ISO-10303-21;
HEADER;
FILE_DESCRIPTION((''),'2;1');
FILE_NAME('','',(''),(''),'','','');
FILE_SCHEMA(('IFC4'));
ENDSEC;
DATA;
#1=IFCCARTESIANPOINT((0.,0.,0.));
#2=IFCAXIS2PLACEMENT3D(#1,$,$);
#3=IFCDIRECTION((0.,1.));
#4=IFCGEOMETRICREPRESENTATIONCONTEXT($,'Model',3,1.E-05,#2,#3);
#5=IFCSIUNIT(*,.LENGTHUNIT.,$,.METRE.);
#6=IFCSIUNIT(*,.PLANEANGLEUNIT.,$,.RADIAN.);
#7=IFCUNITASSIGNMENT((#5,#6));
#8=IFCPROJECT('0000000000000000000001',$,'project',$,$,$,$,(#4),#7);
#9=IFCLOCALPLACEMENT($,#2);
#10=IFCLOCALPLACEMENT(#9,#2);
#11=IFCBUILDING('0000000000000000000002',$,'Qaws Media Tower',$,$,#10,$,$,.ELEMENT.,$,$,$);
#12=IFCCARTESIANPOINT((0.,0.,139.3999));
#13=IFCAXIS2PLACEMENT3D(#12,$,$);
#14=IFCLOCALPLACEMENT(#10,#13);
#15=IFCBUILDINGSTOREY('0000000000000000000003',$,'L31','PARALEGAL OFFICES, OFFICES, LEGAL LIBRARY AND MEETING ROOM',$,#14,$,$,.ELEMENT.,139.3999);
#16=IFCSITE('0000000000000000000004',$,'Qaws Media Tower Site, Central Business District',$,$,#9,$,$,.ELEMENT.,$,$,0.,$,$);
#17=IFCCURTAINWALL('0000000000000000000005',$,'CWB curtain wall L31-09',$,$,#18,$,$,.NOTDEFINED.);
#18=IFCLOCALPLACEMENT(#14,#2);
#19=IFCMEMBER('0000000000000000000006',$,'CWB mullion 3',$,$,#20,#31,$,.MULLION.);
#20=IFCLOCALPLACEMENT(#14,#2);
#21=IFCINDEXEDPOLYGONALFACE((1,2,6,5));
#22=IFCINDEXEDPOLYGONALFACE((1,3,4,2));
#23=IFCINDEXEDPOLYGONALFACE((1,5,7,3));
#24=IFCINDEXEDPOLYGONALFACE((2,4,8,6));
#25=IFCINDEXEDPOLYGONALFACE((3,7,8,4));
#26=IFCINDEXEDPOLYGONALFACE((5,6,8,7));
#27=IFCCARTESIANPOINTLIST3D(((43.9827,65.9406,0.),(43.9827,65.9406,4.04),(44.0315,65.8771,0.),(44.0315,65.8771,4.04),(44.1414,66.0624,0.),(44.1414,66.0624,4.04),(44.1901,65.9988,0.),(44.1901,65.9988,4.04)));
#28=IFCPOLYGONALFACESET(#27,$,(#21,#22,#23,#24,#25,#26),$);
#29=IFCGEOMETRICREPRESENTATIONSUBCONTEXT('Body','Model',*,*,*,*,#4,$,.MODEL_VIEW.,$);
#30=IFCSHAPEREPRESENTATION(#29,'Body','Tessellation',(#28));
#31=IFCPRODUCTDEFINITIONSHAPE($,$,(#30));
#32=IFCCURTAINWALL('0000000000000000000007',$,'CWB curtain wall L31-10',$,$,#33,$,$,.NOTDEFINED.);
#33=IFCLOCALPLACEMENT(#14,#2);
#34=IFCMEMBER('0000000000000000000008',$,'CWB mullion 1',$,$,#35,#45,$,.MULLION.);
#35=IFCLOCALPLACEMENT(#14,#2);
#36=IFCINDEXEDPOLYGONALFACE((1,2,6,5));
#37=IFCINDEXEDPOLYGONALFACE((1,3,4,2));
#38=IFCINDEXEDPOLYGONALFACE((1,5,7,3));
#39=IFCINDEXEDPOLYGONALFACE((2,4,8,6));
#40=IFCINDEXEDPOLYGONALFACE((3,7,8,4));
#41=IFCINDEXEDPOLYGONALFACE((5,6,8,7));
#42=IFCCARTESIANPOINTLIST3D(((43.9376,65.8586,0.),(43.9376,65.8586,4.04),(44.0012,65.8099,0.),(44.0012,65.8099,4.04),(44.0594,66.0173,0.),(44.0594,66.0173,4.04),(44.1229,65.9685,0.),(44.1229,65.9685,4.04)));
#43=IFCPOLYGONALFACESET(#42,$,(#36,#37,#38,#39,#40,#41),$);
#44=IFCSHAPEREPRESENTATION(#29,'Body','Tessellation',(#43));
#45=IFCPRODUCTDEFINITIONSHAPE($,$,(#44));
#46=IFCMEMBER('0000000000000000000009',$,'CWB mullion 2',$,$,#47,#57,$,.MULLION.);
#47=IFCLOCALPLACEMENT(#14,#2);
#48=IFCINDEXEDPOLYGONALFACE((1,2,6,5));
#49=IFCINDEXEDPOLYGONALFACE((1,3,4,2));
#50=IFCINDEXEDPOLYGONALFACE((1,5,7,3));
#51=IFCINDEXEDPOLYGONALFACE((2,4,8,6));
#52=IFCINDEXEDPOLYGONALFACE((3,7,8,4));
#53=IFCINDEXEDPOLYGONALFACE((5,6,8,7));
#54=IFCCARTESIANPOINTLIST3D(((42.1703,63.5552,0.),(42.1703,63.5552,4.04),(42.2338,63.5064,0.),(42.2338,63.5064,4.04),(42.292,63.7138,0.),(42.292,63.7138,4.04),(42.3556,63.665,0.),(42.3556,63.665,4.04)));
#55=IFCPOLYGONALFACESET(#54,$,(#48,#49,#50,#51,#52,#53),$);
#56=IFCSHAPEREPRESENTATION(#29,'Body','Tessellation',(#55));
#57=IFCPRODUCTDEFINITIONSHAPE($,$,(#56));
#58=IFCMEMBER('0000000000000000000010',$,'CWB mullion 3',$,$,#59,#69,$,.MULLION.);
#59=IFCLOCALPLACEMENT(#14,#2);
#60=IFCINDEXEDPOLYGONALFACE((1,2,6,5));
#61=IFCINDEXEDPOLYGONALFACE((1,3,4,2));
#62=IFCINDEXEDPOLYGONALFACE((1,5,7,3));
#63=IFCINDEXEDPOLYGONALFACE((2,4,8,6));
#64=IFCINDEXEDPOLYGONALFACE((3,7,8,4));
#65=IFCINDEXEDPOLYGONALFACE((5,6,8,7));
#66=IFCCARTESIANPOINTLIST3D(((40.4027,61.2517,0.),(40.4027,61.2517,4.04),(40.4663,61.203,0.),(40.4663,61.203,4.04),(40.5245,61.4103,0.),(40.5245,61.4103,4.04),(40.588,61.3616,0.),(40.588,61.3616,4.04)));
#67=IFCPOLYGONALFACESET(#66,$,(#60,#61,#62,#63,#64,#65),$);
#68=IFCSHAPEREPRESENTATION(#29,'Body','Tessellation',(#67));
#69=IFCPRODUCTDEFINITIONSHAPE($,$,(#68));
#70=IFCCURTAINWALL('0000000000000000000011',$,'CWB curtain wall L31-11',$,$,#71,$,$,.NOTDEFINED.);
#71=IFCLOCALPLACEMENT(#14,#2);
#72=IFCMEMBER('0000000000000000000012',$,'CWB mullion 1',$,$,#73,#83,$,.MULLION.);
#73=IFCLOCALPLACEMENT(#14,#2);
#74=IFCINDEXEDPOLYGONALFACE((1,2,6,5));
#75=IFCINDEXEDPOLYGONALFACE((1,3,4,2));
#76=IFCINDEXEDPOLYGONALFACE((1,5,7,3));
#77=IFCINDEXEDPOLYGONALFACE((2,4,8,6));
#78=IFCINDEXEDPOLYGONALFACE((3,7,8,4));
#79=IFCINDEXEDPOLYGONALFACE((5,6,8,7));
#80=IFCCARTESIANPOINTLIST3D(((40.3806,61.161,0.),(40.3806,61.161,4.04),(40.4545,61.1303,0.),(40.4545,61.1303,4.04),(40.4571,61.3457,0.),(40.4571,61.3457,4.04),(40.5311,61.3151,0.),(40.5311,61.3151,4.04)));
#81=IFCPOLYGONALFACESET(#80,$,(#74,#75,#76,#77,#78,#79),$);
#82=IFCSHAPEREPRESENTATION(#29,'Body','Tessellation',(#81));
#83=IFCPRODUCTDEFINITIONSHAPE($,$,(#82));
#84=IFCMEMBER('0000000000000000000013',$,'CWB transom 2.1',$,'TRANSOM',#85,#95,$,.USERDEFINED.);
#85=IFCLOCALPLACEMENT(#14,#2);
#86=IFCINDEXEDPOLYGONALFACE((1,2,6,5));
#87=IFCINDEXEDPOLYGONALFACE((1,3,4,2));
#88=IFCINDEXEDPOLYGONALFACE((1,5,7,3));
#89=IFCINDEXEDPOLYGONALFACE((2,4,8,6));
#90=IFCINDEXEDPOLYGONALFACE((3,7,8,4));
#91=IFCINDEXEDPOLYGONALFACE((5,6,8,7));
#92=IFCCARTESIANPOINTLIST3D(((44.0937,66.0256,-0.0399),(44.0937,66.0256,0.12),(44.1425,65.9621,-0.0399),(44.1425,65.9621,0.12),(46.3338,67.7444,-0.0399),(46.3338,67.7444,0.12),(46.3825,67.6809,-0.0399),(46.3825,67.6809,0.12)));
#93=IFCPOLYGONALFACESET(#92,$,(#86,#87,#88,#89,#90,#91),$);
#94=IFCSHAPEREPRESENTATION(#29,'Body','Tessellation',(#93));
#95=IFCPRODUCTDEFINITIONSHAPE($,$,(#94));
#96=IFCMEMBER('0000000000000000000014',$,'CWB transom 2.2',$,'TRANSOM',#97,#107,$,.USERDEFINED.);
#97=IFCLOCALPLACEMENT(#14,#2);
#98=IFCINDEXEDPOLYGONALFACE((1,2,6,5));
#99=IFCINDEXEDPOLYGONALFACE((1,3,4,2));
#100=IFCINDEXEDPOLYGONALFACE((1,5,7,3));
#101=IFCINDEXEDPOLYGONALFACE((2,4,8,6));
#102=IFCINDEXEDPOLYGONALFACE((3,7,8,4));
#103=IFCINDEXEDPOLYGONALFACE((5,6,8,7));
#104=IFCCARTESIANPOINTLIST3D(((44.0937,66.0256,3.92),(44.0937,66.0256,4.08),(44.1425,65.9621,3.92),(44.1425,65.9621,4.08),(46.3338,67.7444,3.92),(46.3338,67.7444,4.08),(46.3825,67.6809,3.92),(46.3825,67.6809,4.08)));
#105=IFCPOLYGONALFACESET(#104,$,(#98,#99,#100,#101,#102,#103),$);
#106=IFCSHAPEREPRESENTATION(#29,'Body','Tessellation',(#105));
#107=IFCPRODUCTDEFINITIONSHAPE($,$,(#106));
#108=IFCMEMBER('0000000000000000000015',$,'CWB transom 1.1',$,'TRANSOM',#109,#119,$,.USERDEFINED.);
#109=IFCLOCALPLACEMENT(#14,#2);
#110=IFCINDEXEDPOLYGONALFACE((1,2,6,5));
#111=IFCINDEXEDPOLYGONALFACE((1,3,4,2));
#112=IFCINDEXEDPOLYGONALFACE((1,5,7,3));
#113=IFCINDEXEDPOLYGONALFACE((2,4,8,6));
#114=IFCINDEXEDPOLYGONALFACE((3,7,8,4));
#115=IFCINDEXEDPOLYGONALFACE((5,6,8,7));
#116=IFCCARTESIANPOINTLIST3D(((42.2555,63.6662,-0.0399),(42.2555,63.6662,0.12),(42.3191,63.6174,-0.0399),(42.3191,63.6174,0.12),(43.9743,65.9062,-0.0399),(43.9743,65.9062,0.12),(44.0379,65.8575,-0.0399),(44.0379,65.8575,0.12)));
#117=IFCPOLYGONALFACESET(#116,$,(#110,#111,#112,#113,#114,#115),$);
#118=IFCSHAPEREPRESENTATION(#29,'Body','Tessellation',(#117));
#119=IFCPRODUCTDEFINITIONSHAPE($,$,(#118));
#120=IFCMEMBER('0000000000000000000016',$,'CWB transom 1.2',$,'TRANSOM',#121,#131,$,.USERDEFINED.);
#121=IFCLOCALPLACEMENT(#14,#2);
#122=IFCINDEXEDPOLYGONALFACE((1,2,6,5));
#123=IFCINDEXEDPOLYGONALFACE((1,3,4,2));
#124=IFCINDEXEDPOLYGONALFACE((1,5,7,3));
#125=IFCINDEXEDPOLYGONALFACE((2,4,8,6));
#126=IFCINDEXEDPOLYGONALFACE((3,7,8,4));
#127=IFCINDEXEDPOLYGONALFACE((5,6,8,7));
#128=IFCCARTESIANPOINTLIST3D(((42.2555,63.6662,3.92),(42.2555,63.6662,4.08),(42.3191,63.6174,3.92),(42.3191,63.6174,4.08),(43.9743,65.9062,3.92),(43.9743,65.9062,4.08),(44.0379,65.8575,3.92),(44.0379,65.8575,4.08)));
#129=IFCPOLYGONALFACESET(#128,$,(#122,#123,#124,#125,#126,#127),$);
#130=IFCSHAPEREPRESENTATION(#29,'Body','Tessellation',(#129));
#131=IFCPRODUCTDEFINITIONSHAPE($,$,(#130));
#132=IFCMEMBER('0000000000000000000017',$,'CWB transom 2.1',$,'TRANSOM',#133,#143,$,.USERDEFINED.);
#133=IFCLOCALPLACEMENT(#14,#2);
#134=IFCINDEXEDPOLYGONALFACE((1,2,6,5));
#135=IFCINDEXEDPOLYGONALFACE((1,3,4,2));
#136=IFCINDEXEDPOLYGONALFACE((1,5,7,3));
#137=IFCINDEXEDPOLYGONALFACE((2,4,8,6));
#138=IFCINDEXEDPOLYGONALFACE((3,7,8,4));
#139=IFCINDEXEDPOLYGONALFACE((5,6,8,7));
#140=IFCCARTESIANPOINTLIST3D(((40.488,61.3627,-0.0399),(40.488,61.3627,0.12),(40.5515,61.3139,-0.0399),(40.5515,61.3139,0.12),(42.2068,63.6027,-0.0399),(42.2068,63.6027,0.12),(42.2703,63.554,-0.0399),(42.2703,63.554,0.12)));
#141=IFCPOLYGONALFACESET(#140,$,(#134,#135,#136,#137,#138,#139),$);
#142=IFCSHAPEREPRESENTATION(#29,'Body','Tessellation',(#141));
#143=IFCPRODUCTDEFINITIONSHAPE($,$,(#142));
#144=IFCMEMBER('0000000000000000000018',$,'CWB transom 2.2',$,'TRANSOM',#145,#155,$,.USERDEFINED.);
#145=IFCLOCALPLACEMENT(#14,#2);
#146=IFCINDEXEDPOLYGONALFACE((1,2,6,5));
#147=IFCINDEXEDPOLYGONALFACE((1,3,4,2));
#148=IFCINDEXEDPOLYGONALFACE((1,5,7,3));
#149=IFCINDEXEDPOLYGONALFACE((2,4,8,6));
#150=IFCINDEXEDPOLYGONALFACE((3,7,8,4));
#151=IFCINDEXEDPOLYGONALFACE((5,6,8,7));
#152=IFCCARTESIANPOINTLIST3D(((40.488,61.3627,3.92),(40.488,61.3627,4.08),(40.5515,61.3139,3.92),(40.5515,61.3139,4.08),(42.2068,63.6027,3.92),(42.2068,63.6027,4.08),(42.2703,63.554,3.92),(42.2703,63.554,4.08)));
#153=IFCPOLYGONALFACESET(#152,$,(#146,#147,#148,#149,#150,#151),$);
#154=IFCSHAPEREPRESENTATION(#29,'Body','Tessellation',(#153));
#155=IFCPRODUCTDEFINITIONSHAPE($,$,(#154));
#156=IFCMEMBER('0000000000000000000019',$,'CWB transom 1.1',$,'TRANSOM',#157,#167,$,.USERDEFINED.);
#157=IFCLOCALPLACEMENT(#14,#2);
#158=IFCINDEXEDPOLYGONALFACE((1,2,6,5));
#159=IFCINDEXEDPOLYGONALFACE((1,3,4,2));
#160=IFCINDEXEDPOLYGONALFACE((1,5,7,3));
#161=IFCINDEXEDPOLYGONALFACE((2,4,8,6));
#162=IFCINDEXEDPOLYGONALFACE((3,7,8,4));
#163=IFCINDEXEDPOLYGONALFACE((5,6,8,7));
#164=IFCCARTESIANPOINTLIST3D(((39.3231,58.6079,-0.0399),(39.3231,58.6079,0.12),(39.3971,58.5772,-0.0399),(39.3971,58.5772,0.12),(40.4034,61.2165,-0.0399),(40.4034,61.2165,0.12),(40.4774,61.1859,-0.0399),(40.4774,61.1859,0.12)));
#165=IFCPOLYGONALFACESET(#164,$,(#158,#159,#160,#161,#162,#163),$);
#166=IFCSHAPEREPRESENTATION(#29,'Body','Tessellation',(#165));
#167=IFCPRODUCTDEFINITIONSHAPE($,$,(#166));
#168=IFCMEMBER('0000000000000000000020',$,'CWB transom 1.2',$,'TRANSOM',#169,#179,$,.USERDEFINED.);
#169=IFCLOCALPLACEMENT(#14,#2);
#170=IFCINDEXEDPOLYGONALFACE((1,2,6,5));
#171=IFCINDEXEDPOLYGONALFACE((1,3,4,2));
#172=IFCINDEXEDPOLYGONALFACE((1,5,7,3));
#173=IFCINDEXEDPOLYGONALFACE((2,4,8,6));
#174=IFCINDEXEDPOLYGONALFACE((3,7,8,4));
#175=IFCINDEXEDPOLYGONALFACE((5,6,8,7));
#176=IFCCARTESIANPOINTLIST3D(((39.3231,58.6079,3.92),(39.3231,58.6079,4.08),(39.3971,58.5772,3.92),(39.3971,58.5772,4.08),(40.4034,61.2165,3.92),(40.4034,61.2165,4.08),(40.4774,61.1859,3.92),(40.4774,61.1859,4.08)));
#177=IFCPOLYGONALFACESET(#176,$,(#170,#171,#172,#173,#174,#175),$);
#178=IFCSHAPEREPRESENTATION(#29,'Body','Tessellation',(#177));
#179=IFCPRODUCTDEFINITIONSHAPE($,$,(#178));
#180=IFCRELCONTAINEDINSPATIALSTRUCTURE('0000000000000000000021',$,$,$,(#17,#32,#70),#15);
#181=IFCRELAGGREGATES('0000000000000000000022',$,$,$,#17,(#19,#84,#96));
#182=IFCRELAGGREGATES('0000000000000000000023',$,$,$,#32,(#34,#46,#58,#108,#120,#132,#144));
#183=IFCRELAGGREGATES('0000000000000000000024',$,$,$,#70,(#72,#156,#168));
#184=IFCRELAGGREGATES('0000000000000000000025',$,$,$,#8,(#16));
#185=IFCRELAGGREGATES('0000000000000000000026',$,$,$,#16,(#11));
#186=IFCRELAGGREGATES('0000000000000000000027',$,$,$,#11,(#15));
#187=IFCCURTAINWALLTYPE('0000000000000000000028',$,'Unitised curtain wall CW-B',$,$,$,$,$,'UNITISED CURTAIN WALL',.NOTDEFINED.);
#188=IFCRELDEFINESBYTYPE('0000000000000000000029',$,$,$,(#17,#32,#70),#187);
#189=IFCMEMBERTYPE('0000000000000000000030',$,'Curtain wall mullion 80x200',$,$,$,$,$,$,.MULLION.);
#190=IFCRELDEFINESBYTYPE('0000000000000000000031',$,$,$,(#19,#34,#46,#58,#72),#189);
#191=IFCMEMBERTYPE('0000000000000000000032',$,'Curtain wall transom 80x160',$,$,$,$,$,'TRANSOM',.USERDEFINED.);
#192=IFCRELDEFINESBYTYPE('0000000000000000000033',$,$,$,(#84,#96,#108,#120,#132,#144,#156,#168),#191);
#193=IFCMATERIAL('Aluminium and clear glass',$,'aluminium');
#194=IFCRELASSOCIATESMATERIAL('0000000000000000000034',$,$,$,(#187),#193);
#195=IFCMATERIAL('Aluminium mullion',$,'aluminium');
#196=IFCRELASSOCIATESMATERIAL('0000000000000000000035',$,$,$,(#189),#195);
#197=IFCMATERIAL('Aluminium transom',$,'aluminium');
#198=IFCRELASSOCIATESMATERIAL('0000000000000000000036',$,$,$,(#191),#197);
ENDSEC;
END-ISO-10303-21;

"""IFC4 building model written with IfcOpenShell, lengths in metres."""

from ifc_helpers import new_model, si_unit, direction, frame, origin, origin_2d, place, context, subcontext, project, spatial, rectangle, extrude, material, material_profile, profile_set, type_object, element, aggregate, save


model = new_model("IFC4")

# Units and contexts
model_context = context("Model", 3, precision=1e-05, world=origin(), true_north=direction((0.0, 1.0)))
body_context = subcontext(model_context, "Body", "Model", "MODEL_VIEW")
ifc_project = project(units=[si_unit("LENGTHUNIT", "METRE"), si_unit("PLANEANGLEUNIT", "RADIAN")], contexts=[model_context])

# Site, building, storey
site_placement = place(None, origin())
site = spatial("IfcSite", under=ifc_project, at=site_placement, Name="Qaws Media Tower Site, Central Business District", CompositionType="ELEMENT", RefElevation=0.0)
building_placement = place(site_placement, origin())
building = spatial("IfcBuilding", under=site, at=building_placement, Name="Qaws Media Tower", CompositionType="ELEMENT")
storey_placement = place(building_placement, frame((0.0, 0.0, 139.3999)))
storey = spatial("IfcBuildingStorey", under=building, at=storey_placement, Name="L31", Description="PARALEGAL OFFICES, OFFICES, LEGAL LIBRARY AND MEETING ROOM", CompositionType="ELEMENT", Elevation=139.3999)

# Curtain wall, member
ifc_material_1 = material(Name="Aluminium and clear glass", Category="aluminium")
curtain_wall_type = type_object("IfcCurtainWallType", Name="Unitised curtain wall CW-B", ElementType="UNITISED CURTAIN WALL", PredefinedType="NOTDEFINED", material=ifc_material_1)
curtain_wall_1_placement = place(storey_placement, origin())
curtain_wall_1 = element("IfcCurtainWall", 1, at=curtain_wall_1_placement, inside=storey, type_object=curtain_wall_type, Name="CWB curtain wall L31-09", PredefinedType="NOTDEFINED")
ifc_material_2 = material(Name="Aluminium mullion", Category="aluminium")
ifc_material_profile_1 = material_profile(ifc_material_2, rectangle(XDim=0.0801, YDim=0.2, at=origin_2d()), Name="80x200")
ifc_profile_set_1 = profile_set([ifc_material_profile_1], Name="Aluminium mullion")
member_type_1 = type_object("IfcMemberType", Name="Curtain wall mullion 80x200", PredefinedType="MULLION", material=ifc_profile_set_1)
member_1_placement = place(storey_placement, frame((44.0864, 65.9697, 0.0), z_axis=(0.0, 0.0, 1.0), x_axis=(0.608761, -0.793353, 0.0)))
member_1 = element("IfcMember", 2, at=member_1_placement, type_object=member_type_1, Name="CWB mullion 3", PredefinedType="MULLION", context=body_context, shape_type="SweptSolid", body=[
    extrude(rectangle(XDim=0.0801, YDim=0.2, at=origin_2d()), origin(), (0.0, 0.0, 1.0), 4.04),
])

# Curtain wall, members
curtain_wall_2_placement = place(storey_placement, origin())
curtain_wall_2 = element("IfcCurtainWall", 3, at=curtain_wall_2_placement, inside=storey, type_object=curtain_wall_type, Name="CWB curtain wall L31-10", PredefinedType="NOTDEFINED")
member_2_placement = place(storey_placement, frame((44.0303, 65.9136, 0.0), z_axis=(0.0, 0.0, 1.0), x_axis=(0.793353, -0.608761, 0.0)))
member_2 = element("IfcMember", 4, at=member_2_placement, type_object=member_type_1, Name="CWB mullion 1", PredefinedType="MULLION", context=body_context, shape_type="SweptSolid", body=[
    extrude(rectangle(XDim=0.0801, YDim=0.2, at=origin_2d()), origin(), (0.0, 0.0, 1.0), 4.04),
])
member_3_placement = place(storey_placement, frame((42.2629, 63.6101, 0.0), z_axis=(0.0, 0.0, 1.0), x_axis=(0.793353, -0.608761, 0.0)))
member_3 = element("IfcMember", 5, at=member_3_placement, type_object=member_type_1, Name="CWB mullion 2", PredefinedType="MULLION", context=body_context, shape_type="SweptSolid", body=[
    extrude(rectangle(XDim=0.0801, YDim=0.2, at=origin_2d()), origin(), (0.0, 0.0, 1.0), 4.04),
])
member_4_placement = place(storey_placement, frame((40.4954, 61.3066, 0.0), z_axis=(0.0, 0.0, 1.0), x_axis=(0.793353, -0.608761, 0.0)))
member_4 = element("IfcMember", 6, at=member_4_placement, type_object=member_type_1, Name="CWB mullion 3", PredefinedType="MULLION", context=body_context, shape_type="SweptSolid", body=[
    extrude(rectangle(XDim=0.0801, YDim=0.2, at=origin_2d()), origin(), (0.0, 0.0, 1.0), 4.04),
])

# Curtain wall, member
curtain_wall_3_placement = place(storey_placement, origin())
curtain_wall_3 = element("IfcCurtainWall", 7, at=curtain_wall_3_placement, inside=storey, type_object=curtain_wall_type, Name="CWB curtain wall L31-11", PredefinedType="NOTDEFINED")
member_5_placement = place(storey_placement, frame((40.4558, 61.238, 0.0), z_axis=(0.0, 0.0, 1.0), x_axis=(0.92388, -0.382683, 0.0)))
member_5 = element("IfcMember", 8, at=member_5_placement, type_object=member_type_1, Name="CWB mullion 1", PredefinedType="MULLION", context=body_context, shape_type="SweptSolid", body=[
    extrude(rectangle(XDim=0.0801, YDim=0.2, at=origin_2d()), origin(), (0.0, 0.0, 1.0), 4.04),
])

# Members
ifc_material_3 = material(Name="Aluminium transom", Category="aluminium")
ifc_material_profile_2 = material_profile(ifc_material_3, rectangle(XDim=0.0801, YDim=0.1599, at=origin_2d()), Name="80x160")
ifc_profile_set_2 = profile_set([ifc_material_profile_2], Name="Aluminium transom")
member_type_2 = type_object("IfcMemberType", Name="Curtain wall transom 80x160", ElementType="TRANSOM", PredefinedType="USERDEFINED", material=ifc_profile_set_2)
member_6_placement = place(storey_placement, frame((46.3582, 67.7126, 0.04), z_axis=(-0.793363, -0.608749, 0.0), x_axis=(0.608749, -0.793363, 0.0)))
member_6 = element("IfcMember", 9, at=member_6_placement, type_object=member_type_2, Name="CWB transom 2.1", ObjectType="TRANSOM", PredefinedType="USERDEFINED", context=body_context, shape_type="SweptSolid", body=[
    extrude(rectangle(XDim=0.0801, YDim=0.1599, at=origin_2d()), origin(), (0.0, 0.0, 1.0), 2.8235),
])
member_7_placement = place(storey_placement, frame((46.3582, 67.7126, 4.0), z_axis=(-0.793363, -0.608749, 0.0), x_axis=(0.608749, -0.793363, 0.0)))
member_7 = element("IfcMember", 10, at=member_7_placement, type_object=member_type_2, Name="CWB transom 2.2", ObjectType="TRANSOM", PredefinedType="USERDEFINED", context=body_context, shape_type="SweptSolid", body=[
    extrude(rectangle(XDim=0.0801, YDim=0.1599, at=origin_2d()), origin(), (0.0, 0.0, 1.0), 2.8235),
])
member_8_placement = place(storey_placement, frame((44.0061, 65.8818, 0.04), z_axis=(-0.608749, -0.793363, 0.0), x_axis=(0.793363, -0.608749, 0.0)))
member_8 = element("IfcMember", 11, at=member_8_placement, type_object=member_type_2, Name="CWB transom 1.1", ObjectType="TRANSOM", PredefinedType="USERDEFINED", context=body_context, shape_type="SweptSolid", body=[
    extrude(rectangle(XDim=0.0801, YDim=0.1599, at=origin_2d()), origin(), (0.0, 0.0, 1.0), 2.8235),
])
member_9_placement = place(storey_placement, frame((44.0061, 65.8818, 4.0), z_axis=(-0.608749, -0.793363, 0.0), x_axis=(0.793363, -0.608749, 0.0)))
member_9 = element("IfcMember", 12, at=member_9_placement, type_object=member_type_2, Name="CWB transom 1.2", ObjectType="TRANSOM", PredefinedType="USERDEFINED", context=body_context, shape_type="SweptSolid", body=[
    extrude(rectangle(XDim=0.0801, YDim=0.1599, at=origin_2d()), origin(), (0.0, 0.0, 1.0), 2.8235),
])
member_10_placement = place(storey_placement, frame((42.2385, 63.5784, 0.04), z_axis=(-0.608749, -0.793363, 0.0), x_axis=(0.793363, -0.608749, 0.0)))
member_10 = element("IfcMember", 13, at=member_10_placement, type_object=member_type_2, Name="CWB transom 2.1", ObjectType="TRANSOM", PredefinedType="USERDEFINED", context=body_context, shape_type="SweptSolid", body=[
    extrude(rectangle(XDim=0.0801, YDim=0.1599, at=origin_2d()), origin(), (0.0, 0.0, 1.0), 2.8235),
])
member_11_placement = place(storey_placement, frame((42.2385, 63.5784, 4.0), z_axis=(-0.608749, -0.793363, 0.0), x_axis=(0.793363, -0.608749, 0.0)))
member_11 = element("IfcMember", 14, at=member_11_placement, type_object=member_type_2, Name="CWB transom 2.2", ObjectType="TRANSOM", PredefinedType="USERDEFINED", context=body_context, shape_type="SweptSolid", body=[
    extrude(rectangle(XDim=0.0801, YDim=0.1599, at=origin_2d()), origin(), (0.0, 0.0, 1.0), 2.8235),
])
member_12_placement = place(storey_placement, frame((40.4404, 61.2012, 0.04), z_axis=(-0.382619, -0.923906, 0.0), x_axis=(0.923906, -0.382619, 0.0)))
member_12 = element("IfcMember", 15, at=member_12_placement, type_object=member_type_2, Name="CWB transom 1.1", ObjectType="TRANSOM", PredefinedType="USERDEFINED", context=body_context, shape_type="SweptSolid", body=[
    extrude(rectangle(XDim=0.0801, YDim=0.1599, at=origin_2d()), origin(), (0.0, 0.0, 1.0), 2.8235),
])
member_13_placement = place(storey_placement, frame((40.4404, 61.2012, 4.0), z_axis=(-0.382619, -0.923906, 0.0), x_axis=(0.923906, -0.382619, 0.0)))
member_13 = element("IfcMember", 16, at=member_13_placement, type_object=member_type_2, Name="CWB transom 1.2", ObjectType="TRANSOM", PredefinedType="USERDEFINED", context=body_context, shape_type="SweptSolid", body=[
    extrude(rectangle(XDim=0.0801, YDim=0.1599, at=origin_2d()), origin(), (0.0, 0.0, 1.0), 2.8235),
])

aggregate(curtain_wall_1, [member_1, member_6, member_7])
aggregate(curtain_wall_2, [member_2, member_3, member_4, member_8, member_9, member_10, member_11])
aggregate(curtain_wall_3, [member_5, member_12, member_13])

save(model, "model.ifc")
